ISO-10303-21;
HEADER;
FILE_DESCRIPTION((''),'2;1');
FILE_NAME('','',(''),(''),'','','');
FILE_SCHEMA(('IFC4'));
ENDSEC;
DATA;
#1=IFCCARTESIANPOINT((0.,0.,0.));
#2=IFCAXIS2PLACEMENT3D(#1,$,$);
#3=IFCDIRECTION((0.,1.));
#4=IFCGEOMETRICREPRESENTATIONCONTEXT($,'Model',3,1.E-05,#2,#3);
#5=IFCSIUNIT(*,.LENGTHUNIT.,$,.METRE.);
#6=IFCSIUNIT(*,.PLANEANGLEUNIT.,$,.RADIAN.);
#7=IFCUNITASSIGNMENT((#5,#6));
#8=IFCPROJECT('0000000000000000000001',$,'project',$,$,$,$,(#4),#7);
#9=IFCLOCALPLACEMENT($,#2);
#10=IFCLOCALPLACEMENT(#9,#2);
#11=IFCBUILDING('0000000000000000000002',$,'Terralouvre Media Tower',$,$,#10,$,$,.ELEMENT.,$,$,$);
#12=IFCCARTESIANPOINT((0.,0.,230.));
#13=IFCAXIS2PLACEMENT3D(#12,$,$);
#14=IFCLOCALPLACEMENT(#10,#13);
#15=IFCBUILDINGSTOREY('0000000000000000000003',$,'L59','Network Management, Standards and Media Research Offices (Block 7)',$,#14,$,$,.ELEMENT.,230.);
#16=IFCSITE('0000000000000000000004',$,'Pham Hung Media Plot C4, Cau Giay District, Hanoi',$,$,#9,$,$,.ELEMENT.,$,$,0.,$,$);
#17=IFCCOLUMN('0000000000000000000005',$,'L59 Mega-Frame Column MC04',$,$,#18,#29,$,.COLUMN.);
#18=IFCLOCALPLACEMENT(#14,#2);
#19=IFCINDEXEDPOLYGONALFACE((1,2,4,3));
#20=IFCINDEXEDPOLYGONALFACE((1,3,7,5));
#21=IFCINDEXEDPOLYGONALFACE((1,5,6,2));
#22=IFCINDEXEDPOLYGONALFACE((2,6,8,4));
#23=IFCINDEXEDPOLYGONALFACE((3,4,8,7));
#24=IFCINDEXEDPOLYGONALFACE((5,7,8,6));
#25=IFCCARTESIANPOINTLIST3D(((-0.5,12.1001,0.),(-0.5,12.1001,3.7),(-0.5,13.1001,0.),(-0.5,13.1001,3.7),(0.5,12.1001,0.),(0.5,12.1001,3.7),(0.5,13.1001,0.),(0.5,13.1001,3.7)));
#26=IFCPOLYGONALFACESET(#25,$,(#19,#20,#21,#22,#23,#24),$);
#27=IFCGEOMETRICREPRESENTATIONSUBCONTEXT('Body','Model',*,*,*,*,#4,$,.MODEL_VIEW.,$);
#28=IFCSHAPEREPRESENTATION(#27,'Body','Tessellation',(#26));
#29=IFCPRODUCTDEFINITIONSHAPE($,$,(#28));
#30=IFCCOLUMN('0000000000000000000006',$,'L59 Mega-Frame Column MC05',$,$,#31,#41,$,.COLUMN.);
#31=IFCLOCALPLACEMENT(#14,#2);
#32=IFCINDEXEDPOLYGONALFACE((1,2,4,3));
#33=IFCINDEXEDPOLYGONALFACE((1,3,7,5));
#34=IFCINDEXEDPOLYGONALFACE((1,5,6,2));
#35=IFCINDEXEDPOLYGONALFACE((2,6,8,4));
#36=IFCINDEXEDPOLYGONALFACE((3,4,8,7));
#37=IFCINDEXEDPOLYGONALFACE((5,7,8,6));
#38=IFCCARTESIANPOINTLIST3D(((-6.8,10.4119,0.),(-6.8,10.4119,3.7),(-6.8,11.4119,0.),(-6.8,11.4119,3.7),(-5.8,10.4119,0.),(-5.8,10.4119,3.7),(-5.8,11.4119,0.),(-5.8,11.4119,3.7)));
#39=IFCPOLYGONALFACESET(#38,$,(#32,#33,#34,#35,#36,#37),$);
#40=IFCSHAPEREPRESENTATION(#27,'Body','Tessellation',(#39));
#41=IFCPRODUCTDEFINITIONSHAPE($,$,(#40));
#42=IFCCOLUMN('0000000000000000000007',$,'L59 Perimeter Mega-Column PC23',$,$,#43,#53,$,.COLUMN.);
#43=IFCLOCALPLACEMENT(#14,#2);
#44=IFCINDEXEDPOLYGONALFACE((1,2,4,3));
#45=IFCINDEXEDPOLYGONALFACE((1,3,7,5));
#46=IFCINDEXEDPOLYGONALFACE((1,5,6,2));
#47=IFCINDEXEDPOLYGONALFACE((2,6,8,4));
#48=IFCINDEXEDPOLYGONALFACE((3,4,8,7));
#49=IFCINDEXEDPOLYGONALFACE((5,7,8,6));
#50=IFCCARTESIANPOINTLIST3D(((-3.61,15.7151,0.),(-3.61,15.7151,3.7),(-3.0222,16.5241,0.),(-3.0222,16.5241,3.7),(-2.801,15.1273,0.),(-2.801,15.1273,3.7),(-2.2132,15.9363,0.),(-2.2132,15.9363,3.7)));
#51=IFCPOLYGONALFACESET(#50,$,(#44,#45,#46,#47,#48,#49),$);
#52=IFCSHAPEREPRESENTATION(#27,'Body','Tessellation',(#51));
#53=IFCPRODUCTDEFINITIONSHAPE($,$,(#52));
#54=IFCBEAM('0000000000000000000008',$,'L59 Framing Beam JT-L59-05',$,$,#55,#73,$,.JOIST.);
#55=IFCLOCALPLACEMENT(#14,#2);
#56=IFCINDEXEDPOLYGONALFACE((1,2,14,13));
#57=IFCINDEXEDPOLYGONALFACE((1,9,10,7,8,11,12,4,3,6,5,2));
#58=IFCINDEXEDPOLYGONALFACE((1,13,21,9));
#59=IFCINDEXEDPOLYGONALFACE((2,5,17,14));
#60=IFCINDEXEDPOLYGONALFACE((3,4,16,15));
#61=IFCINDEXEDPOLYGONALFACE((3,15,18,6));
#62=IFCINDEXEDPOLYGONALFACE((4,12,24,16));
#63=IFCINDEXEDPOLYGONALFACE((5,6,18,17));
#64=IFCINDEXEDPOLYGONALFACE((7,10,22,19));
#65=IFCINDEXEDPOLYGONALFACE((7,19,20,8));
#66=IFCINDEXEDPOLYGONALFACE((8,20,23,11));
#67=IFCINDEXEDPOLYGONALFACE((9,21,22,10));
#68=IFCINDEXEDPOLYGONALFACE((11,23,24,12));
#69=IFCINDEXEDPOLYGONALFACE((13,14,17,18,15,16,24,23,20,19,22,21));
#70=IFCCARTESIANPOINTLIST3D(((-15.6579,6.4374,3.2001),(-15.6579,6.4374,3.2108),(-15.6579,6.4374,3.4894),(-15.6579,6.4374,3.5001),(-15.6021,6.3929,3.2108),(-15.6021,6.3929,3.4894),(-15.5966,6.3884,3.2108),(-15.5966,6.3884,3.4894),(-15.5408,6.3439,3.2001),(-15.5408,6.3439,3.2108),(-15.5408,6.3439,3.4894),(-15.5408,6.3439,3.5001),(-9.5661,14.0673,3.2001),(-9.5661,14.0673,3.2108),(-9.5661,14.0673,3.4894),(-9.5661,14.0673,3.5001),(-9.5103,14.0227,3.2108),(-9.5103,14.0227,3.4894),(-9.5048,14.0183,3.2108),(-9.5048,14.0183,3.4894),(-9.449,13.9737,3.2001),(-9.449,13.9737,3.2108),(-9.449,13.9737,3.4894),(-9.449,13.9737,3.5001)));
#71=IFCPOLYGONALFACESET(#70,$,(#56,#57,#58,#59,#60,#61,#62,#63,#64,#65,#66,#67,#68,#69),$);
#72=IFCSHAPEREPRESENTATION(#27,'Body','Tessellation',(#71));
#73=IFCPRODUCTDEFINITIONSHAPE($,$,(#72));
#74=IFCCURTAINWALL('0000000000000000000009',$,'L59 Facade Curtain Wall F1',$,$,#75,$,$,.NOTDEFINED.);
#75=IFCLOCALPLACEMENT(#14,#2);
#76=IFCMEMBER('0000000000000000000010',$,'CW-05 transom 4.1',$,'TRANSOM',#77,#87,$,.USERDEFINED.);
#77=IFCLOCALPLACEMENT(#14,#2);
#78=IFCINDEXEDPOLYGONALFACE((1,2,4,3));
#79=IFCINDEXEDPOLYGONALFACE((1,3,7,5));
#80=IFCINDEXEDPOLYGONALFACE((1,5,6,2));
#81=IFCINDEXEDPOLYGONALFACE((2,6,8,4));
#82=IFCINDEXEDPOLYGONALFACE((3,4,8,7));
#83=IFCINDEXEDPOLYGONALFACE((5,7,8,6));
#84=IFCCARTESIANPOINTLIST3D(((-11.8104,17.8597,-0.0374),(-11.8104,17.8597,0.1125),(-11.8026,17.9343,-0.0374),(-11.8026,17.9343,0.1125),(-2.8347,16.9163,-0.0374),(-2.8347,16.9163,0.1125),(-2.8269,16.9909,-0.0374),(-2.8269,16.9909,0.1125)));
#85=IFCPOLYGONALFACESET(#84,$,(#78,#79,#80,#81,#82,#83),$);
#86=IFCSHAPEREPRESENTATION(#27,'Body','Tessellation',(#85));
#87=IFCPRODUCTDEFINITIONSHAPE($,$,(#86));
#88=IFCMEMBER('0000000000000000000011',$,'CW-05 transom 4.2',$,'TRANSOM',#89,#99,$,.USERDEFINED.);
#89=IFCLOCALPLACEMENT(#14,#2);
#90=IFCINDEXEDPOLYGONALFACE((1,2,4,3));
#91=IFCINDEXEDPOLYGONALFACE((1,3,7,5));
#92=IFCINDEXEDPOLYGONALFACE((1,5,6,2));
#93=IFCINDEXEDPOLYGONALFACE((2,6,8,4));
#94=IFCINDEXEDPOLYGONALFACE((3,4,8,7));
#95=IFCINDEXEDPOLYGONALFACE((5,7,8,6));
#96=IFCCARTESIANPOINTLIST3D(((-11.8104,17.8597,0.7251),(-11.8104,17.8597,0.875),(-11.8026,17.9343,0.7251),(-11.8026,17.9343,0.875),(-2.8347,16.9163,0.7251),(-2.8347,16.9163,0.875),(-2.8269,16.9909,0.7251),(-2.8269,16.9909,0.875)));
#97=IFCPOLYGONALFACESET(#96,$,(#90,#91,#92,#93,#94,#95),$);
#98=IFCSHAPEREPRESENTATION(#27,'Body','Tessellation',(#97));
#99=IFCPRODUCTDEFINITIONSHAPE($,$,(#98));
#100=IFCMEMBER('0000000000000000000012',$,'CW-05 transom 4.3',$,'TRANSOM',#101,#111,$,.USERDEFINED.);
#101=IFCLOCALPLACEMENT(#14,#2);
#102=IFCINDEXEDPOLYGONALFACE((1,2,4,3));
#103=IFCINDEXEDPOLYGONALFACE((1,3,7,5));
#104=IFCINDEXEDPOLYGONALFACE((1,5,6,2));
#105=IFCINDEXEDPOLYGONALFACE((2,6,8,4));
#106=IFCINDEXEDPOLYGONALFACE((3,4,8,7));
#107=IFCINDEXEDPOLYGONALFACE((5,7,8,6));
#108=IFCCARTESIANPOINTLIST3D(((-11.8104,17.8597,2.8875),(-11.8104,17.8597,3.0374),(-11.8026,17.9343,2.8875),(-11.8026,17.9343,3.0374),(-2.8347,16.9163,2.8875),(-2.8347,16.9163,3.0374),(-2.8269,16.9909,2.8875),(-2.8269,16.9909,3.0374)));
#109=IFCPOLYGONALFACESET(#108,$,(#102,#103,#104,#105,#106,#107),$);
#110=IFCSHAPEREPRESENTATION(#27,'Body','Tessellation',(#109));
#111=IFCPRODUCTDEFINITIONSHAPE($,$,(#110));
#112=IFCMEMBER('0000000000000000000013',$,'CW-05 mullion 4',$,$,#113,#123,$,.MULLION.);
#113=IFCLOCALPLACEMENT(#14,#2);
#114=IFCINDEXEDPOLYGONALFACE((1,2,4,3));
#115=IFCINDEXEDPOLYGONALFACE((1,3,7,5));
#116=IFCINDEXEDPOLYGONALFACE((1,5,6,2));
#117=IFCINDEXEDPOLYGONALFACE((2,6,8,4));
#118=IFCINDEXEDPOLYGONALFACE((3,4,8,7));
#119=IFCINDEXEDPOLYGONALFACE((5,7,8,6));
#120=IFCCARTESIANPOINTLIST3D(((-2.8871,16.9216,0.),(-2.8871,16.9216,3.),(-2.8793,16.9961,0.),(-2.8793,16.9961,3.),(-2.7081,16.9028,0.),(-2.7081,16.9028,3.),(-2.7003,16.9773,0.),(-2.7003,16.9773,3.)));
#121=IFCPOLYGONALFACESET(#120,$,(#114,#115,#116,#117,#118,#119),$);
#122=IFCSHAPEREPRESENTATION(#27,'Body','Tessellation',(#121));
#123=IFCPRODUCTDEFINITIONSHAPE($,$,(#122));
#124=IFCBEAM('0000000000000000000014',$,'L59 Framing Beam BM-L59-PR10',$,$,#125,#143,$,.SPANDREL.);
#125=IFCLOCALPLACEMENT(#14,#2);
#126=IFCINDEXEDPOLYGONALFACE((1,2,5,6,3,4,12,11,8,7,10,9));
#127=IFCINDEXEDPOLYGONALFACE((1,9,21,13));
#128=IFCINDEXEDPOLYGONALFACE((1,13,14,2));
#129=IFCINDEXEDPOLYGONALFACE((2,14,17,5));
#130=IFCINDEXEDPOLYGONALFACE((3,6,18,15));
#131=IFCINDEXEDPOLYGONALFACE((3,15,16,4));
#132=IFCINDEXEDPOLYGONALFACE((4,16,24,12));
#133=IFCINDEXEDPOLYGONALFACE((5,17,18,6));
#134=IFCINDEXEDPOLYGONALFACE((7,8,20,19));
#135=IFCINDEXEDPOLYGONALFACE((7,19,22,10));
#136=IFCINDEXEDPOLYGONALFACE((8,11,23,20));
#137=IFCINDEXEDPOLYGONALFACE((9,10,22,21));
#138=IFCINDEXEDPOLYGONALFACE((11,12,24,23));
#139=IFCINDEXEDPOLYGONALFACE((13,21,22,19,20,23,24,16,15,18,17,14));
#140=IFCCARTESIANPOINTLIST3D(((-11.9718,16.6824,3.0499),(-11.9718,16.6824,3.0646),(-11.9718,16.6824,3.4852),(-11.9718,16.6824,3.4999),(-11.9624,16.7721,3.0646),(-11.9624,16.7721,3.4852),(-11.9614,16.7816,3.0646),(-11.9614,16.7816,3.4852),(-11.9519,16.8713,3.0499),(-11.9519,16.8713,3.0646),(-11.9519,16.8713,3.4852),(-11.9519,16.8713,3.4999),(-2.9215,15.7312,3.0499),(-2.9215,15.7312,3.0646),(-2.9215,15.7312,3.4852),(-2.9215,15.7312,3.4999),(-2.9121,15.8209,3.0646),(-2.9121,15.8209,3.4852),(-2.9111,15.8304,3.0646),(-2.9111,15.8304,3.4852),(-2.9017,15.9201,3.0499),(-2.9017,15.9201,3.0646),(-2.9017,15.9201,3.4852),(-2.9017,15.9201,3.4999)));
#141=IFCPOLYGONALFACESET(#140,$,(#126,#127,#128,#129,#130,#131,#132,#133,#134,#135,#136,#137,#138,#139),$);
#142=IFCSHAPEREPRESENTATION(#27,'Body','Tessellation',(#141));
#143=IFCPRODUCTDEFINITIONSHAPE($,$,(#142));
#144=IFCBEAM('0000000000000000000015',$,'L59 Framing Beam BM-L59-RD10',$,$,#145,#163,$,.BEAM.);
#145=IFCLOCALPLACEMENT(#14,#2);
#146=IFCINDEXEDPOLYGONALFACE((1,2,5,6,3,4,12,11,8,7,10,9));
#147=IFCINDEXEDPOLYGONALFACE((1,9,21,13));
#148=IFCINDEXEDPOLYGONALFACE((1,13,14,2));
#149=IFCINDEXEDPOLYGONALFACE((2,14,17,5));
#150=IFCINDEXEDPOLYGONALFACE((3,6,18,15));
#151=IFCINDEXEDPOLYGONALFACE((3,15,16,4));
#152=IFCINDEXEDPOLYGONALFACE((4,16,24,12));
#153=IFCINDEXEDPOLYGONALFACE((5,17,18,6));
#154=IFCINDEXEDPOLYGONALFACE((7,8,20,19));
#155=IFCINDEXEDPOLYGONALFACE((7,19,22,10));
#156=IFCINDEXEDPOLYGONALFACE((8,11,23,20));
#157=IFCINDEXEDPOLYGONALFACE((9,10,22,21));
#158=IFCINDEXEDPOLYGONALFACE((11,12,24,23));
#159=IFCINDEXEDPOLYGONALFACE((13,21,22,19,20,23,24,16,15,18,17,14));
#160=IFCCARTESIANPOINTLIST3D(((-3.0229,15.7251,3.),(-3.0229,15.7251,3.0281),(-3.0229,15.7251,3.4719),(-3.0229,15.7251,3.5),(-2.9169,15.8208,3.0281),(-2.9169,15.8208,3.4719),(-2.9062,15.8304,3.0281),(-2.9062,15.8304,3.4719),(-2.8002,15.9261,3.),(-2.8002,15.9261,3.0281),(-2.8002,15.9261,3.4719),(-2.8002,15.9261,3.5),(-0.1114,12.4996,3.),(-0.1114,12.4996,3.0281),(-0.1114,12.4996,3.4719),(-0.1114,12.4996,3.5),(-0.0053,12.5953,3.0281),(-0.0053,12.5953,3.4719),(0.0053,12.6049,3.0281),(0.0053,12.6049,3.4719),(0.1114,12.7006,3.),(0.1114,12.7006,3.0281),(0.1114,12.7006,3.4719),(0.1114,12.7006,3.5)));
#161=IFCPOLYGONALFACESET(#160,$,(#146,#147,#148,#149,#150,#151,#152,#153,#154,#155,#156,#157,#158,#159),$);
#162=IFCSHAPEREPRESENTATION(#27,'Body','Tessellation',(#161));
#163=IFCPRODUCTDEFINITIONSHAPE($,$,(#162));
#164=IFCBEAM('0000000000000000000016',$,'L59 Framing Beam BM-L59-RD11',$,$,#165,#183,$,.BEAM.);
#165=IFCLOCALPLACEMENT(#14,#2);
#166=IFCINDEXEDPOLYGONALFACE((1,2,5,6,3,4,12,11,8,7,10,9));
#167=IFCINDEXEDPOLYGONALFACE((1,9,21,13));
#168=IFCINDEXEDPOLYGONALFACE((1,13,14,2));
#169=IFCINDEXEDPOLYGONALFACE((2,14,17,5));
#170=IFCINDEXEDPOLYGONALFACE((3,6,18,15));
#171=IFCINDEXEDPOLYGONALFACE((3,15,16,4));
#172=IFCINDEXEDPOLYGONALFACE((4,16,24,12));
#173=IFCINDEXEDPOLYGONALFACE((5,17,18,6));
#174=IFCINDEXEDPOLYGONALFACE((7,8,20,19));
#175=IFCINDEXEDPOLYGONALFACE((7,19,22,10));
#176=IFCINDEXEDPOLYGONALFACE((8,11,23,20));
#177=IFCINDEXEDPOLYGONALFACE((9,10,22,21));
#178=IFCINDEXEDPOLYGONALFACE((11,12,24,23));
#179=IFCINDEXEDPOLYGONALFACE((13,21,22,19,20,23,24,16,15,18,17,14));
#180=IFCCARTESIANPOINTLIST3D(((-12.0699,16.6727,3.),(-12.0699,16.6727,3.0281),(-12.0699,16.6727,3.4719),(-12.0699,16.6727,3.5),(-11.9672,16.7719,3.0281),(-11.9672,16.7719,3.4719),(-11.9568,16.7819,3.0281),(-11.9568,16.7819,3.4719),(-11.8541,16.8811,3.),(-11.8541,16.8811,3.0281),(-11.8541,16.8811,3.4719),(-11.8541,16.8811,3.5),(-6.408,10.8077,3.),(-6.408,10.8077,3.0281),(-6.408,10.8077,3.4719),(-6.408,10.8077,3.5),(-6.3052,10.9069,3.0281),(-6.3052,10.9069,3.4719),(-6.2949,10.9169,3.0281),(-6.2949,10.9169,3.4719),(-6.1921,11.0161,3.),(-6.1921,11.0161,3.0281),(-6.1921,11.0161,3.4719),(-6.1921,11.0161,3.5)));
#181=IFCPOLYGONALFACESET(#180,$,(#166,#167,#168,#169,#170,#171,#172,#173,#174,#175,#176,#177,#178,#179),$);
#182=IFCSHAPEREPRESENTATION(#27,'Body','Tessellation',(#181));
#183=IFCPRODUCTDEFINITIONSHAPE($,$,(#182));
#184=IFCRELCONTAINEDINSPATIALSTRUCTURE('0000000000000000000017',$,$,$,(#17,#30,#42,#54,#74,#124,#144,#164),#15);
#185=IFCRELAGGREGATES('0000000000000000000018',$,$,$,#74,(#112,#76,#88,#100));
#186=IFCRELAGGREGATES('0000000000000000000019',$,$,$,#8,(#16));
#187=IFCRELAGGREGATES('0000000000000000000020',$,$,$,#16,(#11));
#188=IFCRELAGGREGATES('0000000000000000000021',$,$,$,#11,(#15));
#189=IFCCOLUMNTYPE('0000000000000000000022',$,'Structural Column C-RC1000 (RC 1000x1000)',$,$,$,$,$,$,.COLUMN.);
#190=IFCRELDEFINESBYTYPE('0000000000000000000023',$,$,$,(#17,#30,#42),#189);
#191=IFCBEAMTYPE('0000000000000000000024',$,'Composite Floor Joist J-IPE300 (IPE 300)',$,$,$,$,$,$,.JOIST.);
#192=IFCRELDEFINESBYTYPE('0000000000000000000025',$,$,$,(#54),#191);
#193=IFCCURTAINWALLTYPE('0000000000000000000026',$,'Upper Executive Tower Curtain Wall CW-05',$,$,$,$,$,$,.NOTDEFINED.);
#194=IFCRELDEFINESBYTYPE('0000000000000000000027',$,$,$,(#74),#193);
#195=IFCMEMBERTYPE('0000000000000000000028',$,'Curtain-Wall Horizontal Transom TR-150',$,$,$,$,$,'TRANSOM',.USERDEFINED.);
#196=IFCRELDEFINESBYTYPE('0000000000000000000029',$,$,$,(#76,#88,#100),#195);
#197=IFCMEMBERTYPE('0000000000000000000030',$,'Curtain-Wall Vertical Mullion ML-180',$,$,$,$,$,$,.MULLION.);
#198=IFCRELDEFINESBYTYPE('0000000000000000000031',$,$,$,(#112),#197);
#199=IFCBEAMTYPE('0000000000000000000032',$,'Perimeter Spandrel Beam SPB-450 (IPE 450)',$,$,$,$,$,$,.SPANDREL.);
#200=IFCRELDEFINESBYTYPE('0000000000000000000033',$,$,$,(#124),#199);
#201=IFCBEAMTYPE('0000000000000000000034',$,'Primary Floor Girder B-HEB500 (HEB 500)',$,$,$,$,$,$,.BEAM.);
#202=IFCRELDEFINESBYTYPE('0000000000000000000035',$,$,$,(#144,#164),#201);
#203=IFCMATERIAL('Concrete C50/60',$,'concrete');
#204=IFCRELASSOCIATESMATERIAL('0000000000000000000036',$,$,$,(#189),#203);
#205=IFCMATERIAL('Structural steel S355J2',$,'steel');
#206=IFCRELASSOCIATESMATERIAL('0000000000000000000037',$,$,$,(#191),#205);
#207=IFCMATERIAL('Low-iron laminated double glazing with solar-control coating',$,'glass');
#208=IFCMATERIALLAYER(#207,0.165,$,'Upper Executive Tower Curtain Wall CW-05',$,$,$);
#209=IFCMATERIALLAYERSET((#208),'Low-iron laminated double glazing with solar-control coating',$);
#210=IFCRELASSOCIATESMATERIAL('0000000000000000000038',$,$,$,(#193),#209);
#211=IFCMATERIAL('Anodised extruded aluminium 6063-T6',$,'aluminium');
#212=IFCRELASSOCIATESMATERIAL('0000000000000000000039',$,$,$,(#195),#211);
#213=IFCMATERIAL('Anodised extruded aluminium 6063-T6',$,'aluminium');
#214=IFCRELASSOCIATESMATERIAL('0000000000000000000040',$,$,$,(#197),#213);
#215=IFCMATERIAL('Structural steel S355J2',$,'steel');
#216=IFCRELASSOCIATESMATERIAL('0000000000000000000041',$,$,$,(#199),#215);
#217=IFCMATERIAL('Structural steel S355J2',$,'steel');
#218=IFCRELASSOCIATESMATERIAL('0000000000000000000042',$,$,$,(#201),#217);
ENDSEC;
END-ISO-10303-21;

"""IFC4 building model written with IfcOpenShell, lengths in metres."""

from ifc_helpers import new_model, si_unit, direction, frame, origin, origin_2d, place, context, subcontext, project, spatial, rectangle, i_section, extrude, material, layer, layer_set, material_profile, profile_set, type_object, element, aggregate, save


model = new_model("IFC4")

# Units and contexts
model_context = context("Model", 3, precision=1e-05, world=origin(), true_north=direction((0.0, 1.0)))
body_context = subcontext(model_context, "Body", "Model", "MODEL_VIEW")
ifc_project = project(units=[si_unit("LENGTHUNIT", "METRE"), si_unit("PLANEANGLEUNIT", "RADIAN")], contexts=[model_context])

# Site, building, storey
site_placement = place(None, origin())
site = spatial("IfcSite", under=ifc_project, at=site_placement, Name="Pham Hung Media Plot C4, Cau Giay District, Hanoi", CompositionType="ELEMENT", RefElevation=0.0)
building_placement = place(site_placement, origin())
building = spatial("IfcBuilding", under=site, at=building_placement, Name="Terralouvre Media Tower", CompositionType="ELEMENT")
storey_placement = place(building_placement, frame((0.0, 0.0, 230.0)))
storey = spatial("IfcBuildingStorey", under=building, at=storey_placement, Name="L59", Description="Network Management, Standards and Media Research Offices (Block 7)", CompositionType="ELEMENT", Elevation=230.0)

# Columns
ifc_material_1 = material(Name="Concrete C50/60", Category="concrete")
ifc_material_profile_1 = material_profile(ifc_material_1, rectangle(XDim=1.0, YDim=1.0, at=origin_2d()), Name="RC 1000x1000")
ifc_profile_set_1 = profile_set([ifc_material_profile_1], Name="Concrete C50/60")
column_type = type_object("IfcColumnType", Name="Structural Column C-RC1000 (RC 1000x1000)", PredefinedType="COLUMN", material=ifc_profile_set_1)
for number, where, z_axis, x_axis, name in (
    (1, (0.0, 12.6001, 0.0), (0.0, 0.0, 1.0), (1.0, 0.0, 0.0), "L59 Mega-Frame Column MC04"),
    (2, (-6.3, 10.9119, 0.0), (0.0, 0.0, 1.0), (1.0, 0.0, 0.0), "L59 Mega-Frame Column MC05"),
    (3, (-2.9116, 15.8257, 0.0), (0.0, 0.0, 1.0), (0.587785, 0.809017, 0.0), "L59 Perimeter Mega-Column PC23"),
):
    element("IfcColumn", number, at=place(storey_placement, frame(where, z_axis=z_axis, x_axis=x_axis)), inside=storey, type_object=column_type, Name=name, PredefinedType="COLUMN", context=body_context, shape_type="SweptSolid", body=[
        extrude(rectangle(XDim=1.0, YDim=1.0, at=origin_2d()), origin(), (0.0, 0.0, 1.0), 3.7),
    ])

# Beam
ifc_material_2 = material(Name="Structural steel S355J2", Category="steel")
ifc_material_profile_2 = material_profile(ifc_material_2, i_section(OverallWidth=0.1499, OverallDepth=0.3, WebThickness=0.0071, FlangeThickness=0.0107, at=origin_2d()), Name="IPE 300")
ifc_profile_set_2 = profile_set([ifc_material_profile_2], Name="Structural steel S355J2")
beam_type_1 = type_object("IfcBeamType", Name="Composite Floor Joist J-IPE300 (IPE 300)", PredefinedType="JOIST", material=ifc_profile_set_2)
beam_1_placement = place(storey_placement, frame((-9.5076, 14.0205, 3.3501), z_axis=(-0.623938, -0.781473, 0.0), x_axis=(0.781473, -0.623938, 0.0)))
element("IfcBeam", 4, at=beam_1_placement, inside=storey, type_object=beam_type_1, Name="L59 Framing Beam JT-L59-05", PredefinedType="JOIST", context=body_context, shape_type="SweptSolid", body=[
    extrude(i_section(OverallWidth=0.1499, OverallDepth=0.3, WebThickness=0.0071, FlangeThickness=0.0107, at=origin_2d()), origin(), (0.0, 0.0, 1.0), 9.7634),
])

# Curtain wall, members
ifc_material_3 = material(Name="Low-iron laminated double glazing with solar-control coating", Category="glass")
ifc_layer_1 = layer(ifc_material_3, 0.165, Name="Upper Executive Tower Curtain Wall CW-05")
ifc_layer_set_1 = layer_set([ifc_layer_1], Name="Low-iron laminated double glazing with solar-control coating")
curtain_wall_type = type_object("IfcCurtainWallType", Name="Upper Executive Tower Curtain Wall CW-05", PredefinedType="NOTDEFINED", material=ifc_layer_set_1)
curtain_wall_placement = place(storey_placement, origin())
curtain_wall = element("IfcCurtainWall", 5, at=curtain_wall_placement, inside=storey, type_object=curtain_wall_type, Name="L59 Facade Curtain Wall F1", PredefinedType="NOTDEFINED")
ifc_material_4 = material(Name="Anodised extruded aluminium 6063-T6", Category="aluminium")
ifc_material_profile_3 = material_profile(ifc_material_4, rectangle(XDim=0.075, YDim=0.1499, at=origin_2d()), Name="ALU 75x150")
ifc_profile_set_3 = profile_set([ifc_material_profile_3], Name="Anodised extruded aluminium 6063-T6")
member_type_1 = type_object("IfcMemberType", Name="Curtain-Wall Horizontal Transom TR-150", ElementType="TRANSOM", PredefinedType="USERDEFINED", material=ifc_profile_set_3)
member_1_placement = place(storey_placement, frame((-2.8308, 16.9536, 0.0376), z_axis=(-0.994522, 0.104527, 0.0), x_axis=(-0.104527, -0.994522, 0.0)))
member_1 = element("IfcMember", 6, at=member_1_placement, type_object=member_type_1, Name="CW-05 transom 4.1", ObjectType="TRANSOM", PredefinedType="USERDEFINED", context=body_context, shape_type="SweptSolid", body=[
    extrude(rectangle(XDim=0.075, YDim=0.1499, at=origin_2d()), origin(), (0.0, 0.0, 1.0), 9.0251),
])
member_2_placement = place(storey_placement, frame((-2.8308, 16.9536, 0.8), z_axis=(-0.994522, 0.104527, 0.0), x_axis=(-0.104527, -0.994522, 0.0)))
member_2 = element("IfcMember", 7, at=member_2_placement, type_object=member_type_1, Name="CW-05 transom 4.2", ObjectType="TRANSOM", PredefinedType="USERDEFINED", context=body_context, shape_type="SweptSolid", body=[
    extrude(rectangle(XDim=0.075, YDim=0.1499, at=origin_2d()), origin(), (0.0, 0.0, 1.0), 9.0251),
])
member_3_placement = place(storey_placement, frame((-2.8308, 16.9536, 2.9624), z_axis=(-0.994522, 0.104527, 0.0), x_axis=(-0.104527, -0.994522, 0.0)))
member_3 = element("IfcMember", 8, at=member_3_placement, type_object=member_type_1, Name="CW-05 transom 4.3", ObjectType="TRANSOM", PredefinedType="USERDEFINED", context=body_context, shape_type="SweptSolid", body=[
    extrude(rectangle(XDim=0.075, YDim=0.1499, at=origin_2d()), origin(), (0.0, 0.0, 1.0), 9.0251),
])
ifc_material_5 = material(Name="Anodised extruded aluminium 6063-T6", Category="aluminium")
ifc_material_profile_4 = material_profile(ifc_material_5, rectangle(XDim=0.075, YDim=0.1799, at=origin_2d()), Name="ALU 75x180")
ifc_profile_set_4 = profile_set([ifc_material_profile_4], Name="Anodised extruded aluminium 6063-T6")
member_type_2 = type_object("IfcMemberType", Name="Curtain-Wall Vertical Mullion ML-180", PredefinedType="MULLION", material=ifc_profile_set_4)
member_4_placement = place(storey_placement, frame((-2.7937, 16.9495, 0.0), z_axis=(0.0, 0.0, 1.0), x_axis=(-0.104529, -0.994522, 0.0)))
member_4 = element("IfcMember", 9, at=member_4_placement, type_object=member_type_2, Name="CW-05 mullion 4", PredefinedType="MULLION", context=body_context, shape_type="SweptSolid", body=[
    extrude(rectangle(XDim=0.075, YDim=0.1799, at=origin_2d()), origin(), (0.0, 0.0, 1.0), 3.0),
])

# Beams
ifc_material_6 = material(Name="Structural steel S355J2", Category="steel")
ifc_material_profile_5 = material_profile(ifc_material_6, i_section(OverallWidth=0.1899, OverallDepth=0.45, WebThickness=0.0095, FlangeThickness=0.0146, at=origin_2d()), Name="IPE 450")
ifc_profile_set_5 = profile_set([ifc_material_profile_5], Name="Structural steel S355J2")
beam_type_2 = type_object("IfcBeamType", Name="Perimeter Spandrel Beam SPB-450 (IPE 450)", PredefinedType="SPANDREL", material=ifc_profile_set_5)
beam_2_placement = place(storey_placement, frame((-2.9116, 15.8257, 3.2749), z_axis=(-0.994522, 0.104523, 0.0), x_axis=(-0.104523, -0.994522, 0.0)))
element("IfcBeam", 10, at=beam_2_placement, inside=storey, type_object=beam_type_2, Name="L59 Framing Beam BM-L59-PR10", PredefinedType="SPANDREL", context=body_context, shape_type="SweptSolid", body=[
    extrude(i_section(OverallWidth=0.1899, OverallDepth=0.45, WebThickness=0.0095, FlangeThickness=0.0146, at=origin_2d()), origin(), (0.0, 0.0, 1.0), 9.1001),
])
ifc_material_7 = material(Name="Structural steel S355J2", Category="steel")
ifc_material_profile_6 = material_profile(ifc_material_7, i_section(OverallWidth=0.3, OverallDepth=0.5, WebThickness=0.0144, FlangeThickness=0.0281, at=origin_2d()), Name="HEB 500")
ifc_profile_set_6 = profile_set([ifc_material_profile_6], Name="Structural steel S355J2")
beam_type_3 = type_object("IfcBeamType", Name="Primary Floor Girder B-HEB500 (HEB 500)", PredefinedType="BEAM", material=ifc_profile_set_6)
beam_3_placement = place(storey_placement, frame((0.0, 12.6001, 3.25), z_axis=(-0.670057, 0.74231, 0.0), x_axis=(-0.74231, -0.670057, 0.0)))
element("IfcBeam", 11, at=beam_3_placement, inside=storey, type_object=beam_type_3, Name="L59 Framing Beam BM-L59-RD10", PredefinedType="BEAM", context=body_context, shape_type="SweptSolid", body=[
    extrude(i_section(OverallWidth=0.3, OverallDepth=0.5, WebThickness=0.0144, FlangeThickness=0.0281, at=origin_2d()), origin(), (0.0, 0.0, 1.0), 4.3452),
])
beam_4_placement = place(storey_placement, frame((-6.3, 10.9119, 3.25), z_axis=(-0.694538, 0.719456, 0.0), x_axis=(-0.719456, -0.694538, 0.0)))
element("IfcBeam", 12, at=beam_4_placement, inside=storey, type_object=beam_type_3, Name="L59 Framing Beam BM-L59-RD11", PredefinedType="BEAM", context=body_context, shape_type="SweptSolid", body=[
    extrude(i_section(OverallWidth=0.3, OverallDepth=0.5, WebThickness=0.0144, FlangeThickness=0.0281, at=origin_2d()), origin(), (0.0, 0.0, 1.0), 8.1521),
])

aggregate(curtain_wall, [member_4, member_1, member_2, member_3])

save(model, "model.ifc")
